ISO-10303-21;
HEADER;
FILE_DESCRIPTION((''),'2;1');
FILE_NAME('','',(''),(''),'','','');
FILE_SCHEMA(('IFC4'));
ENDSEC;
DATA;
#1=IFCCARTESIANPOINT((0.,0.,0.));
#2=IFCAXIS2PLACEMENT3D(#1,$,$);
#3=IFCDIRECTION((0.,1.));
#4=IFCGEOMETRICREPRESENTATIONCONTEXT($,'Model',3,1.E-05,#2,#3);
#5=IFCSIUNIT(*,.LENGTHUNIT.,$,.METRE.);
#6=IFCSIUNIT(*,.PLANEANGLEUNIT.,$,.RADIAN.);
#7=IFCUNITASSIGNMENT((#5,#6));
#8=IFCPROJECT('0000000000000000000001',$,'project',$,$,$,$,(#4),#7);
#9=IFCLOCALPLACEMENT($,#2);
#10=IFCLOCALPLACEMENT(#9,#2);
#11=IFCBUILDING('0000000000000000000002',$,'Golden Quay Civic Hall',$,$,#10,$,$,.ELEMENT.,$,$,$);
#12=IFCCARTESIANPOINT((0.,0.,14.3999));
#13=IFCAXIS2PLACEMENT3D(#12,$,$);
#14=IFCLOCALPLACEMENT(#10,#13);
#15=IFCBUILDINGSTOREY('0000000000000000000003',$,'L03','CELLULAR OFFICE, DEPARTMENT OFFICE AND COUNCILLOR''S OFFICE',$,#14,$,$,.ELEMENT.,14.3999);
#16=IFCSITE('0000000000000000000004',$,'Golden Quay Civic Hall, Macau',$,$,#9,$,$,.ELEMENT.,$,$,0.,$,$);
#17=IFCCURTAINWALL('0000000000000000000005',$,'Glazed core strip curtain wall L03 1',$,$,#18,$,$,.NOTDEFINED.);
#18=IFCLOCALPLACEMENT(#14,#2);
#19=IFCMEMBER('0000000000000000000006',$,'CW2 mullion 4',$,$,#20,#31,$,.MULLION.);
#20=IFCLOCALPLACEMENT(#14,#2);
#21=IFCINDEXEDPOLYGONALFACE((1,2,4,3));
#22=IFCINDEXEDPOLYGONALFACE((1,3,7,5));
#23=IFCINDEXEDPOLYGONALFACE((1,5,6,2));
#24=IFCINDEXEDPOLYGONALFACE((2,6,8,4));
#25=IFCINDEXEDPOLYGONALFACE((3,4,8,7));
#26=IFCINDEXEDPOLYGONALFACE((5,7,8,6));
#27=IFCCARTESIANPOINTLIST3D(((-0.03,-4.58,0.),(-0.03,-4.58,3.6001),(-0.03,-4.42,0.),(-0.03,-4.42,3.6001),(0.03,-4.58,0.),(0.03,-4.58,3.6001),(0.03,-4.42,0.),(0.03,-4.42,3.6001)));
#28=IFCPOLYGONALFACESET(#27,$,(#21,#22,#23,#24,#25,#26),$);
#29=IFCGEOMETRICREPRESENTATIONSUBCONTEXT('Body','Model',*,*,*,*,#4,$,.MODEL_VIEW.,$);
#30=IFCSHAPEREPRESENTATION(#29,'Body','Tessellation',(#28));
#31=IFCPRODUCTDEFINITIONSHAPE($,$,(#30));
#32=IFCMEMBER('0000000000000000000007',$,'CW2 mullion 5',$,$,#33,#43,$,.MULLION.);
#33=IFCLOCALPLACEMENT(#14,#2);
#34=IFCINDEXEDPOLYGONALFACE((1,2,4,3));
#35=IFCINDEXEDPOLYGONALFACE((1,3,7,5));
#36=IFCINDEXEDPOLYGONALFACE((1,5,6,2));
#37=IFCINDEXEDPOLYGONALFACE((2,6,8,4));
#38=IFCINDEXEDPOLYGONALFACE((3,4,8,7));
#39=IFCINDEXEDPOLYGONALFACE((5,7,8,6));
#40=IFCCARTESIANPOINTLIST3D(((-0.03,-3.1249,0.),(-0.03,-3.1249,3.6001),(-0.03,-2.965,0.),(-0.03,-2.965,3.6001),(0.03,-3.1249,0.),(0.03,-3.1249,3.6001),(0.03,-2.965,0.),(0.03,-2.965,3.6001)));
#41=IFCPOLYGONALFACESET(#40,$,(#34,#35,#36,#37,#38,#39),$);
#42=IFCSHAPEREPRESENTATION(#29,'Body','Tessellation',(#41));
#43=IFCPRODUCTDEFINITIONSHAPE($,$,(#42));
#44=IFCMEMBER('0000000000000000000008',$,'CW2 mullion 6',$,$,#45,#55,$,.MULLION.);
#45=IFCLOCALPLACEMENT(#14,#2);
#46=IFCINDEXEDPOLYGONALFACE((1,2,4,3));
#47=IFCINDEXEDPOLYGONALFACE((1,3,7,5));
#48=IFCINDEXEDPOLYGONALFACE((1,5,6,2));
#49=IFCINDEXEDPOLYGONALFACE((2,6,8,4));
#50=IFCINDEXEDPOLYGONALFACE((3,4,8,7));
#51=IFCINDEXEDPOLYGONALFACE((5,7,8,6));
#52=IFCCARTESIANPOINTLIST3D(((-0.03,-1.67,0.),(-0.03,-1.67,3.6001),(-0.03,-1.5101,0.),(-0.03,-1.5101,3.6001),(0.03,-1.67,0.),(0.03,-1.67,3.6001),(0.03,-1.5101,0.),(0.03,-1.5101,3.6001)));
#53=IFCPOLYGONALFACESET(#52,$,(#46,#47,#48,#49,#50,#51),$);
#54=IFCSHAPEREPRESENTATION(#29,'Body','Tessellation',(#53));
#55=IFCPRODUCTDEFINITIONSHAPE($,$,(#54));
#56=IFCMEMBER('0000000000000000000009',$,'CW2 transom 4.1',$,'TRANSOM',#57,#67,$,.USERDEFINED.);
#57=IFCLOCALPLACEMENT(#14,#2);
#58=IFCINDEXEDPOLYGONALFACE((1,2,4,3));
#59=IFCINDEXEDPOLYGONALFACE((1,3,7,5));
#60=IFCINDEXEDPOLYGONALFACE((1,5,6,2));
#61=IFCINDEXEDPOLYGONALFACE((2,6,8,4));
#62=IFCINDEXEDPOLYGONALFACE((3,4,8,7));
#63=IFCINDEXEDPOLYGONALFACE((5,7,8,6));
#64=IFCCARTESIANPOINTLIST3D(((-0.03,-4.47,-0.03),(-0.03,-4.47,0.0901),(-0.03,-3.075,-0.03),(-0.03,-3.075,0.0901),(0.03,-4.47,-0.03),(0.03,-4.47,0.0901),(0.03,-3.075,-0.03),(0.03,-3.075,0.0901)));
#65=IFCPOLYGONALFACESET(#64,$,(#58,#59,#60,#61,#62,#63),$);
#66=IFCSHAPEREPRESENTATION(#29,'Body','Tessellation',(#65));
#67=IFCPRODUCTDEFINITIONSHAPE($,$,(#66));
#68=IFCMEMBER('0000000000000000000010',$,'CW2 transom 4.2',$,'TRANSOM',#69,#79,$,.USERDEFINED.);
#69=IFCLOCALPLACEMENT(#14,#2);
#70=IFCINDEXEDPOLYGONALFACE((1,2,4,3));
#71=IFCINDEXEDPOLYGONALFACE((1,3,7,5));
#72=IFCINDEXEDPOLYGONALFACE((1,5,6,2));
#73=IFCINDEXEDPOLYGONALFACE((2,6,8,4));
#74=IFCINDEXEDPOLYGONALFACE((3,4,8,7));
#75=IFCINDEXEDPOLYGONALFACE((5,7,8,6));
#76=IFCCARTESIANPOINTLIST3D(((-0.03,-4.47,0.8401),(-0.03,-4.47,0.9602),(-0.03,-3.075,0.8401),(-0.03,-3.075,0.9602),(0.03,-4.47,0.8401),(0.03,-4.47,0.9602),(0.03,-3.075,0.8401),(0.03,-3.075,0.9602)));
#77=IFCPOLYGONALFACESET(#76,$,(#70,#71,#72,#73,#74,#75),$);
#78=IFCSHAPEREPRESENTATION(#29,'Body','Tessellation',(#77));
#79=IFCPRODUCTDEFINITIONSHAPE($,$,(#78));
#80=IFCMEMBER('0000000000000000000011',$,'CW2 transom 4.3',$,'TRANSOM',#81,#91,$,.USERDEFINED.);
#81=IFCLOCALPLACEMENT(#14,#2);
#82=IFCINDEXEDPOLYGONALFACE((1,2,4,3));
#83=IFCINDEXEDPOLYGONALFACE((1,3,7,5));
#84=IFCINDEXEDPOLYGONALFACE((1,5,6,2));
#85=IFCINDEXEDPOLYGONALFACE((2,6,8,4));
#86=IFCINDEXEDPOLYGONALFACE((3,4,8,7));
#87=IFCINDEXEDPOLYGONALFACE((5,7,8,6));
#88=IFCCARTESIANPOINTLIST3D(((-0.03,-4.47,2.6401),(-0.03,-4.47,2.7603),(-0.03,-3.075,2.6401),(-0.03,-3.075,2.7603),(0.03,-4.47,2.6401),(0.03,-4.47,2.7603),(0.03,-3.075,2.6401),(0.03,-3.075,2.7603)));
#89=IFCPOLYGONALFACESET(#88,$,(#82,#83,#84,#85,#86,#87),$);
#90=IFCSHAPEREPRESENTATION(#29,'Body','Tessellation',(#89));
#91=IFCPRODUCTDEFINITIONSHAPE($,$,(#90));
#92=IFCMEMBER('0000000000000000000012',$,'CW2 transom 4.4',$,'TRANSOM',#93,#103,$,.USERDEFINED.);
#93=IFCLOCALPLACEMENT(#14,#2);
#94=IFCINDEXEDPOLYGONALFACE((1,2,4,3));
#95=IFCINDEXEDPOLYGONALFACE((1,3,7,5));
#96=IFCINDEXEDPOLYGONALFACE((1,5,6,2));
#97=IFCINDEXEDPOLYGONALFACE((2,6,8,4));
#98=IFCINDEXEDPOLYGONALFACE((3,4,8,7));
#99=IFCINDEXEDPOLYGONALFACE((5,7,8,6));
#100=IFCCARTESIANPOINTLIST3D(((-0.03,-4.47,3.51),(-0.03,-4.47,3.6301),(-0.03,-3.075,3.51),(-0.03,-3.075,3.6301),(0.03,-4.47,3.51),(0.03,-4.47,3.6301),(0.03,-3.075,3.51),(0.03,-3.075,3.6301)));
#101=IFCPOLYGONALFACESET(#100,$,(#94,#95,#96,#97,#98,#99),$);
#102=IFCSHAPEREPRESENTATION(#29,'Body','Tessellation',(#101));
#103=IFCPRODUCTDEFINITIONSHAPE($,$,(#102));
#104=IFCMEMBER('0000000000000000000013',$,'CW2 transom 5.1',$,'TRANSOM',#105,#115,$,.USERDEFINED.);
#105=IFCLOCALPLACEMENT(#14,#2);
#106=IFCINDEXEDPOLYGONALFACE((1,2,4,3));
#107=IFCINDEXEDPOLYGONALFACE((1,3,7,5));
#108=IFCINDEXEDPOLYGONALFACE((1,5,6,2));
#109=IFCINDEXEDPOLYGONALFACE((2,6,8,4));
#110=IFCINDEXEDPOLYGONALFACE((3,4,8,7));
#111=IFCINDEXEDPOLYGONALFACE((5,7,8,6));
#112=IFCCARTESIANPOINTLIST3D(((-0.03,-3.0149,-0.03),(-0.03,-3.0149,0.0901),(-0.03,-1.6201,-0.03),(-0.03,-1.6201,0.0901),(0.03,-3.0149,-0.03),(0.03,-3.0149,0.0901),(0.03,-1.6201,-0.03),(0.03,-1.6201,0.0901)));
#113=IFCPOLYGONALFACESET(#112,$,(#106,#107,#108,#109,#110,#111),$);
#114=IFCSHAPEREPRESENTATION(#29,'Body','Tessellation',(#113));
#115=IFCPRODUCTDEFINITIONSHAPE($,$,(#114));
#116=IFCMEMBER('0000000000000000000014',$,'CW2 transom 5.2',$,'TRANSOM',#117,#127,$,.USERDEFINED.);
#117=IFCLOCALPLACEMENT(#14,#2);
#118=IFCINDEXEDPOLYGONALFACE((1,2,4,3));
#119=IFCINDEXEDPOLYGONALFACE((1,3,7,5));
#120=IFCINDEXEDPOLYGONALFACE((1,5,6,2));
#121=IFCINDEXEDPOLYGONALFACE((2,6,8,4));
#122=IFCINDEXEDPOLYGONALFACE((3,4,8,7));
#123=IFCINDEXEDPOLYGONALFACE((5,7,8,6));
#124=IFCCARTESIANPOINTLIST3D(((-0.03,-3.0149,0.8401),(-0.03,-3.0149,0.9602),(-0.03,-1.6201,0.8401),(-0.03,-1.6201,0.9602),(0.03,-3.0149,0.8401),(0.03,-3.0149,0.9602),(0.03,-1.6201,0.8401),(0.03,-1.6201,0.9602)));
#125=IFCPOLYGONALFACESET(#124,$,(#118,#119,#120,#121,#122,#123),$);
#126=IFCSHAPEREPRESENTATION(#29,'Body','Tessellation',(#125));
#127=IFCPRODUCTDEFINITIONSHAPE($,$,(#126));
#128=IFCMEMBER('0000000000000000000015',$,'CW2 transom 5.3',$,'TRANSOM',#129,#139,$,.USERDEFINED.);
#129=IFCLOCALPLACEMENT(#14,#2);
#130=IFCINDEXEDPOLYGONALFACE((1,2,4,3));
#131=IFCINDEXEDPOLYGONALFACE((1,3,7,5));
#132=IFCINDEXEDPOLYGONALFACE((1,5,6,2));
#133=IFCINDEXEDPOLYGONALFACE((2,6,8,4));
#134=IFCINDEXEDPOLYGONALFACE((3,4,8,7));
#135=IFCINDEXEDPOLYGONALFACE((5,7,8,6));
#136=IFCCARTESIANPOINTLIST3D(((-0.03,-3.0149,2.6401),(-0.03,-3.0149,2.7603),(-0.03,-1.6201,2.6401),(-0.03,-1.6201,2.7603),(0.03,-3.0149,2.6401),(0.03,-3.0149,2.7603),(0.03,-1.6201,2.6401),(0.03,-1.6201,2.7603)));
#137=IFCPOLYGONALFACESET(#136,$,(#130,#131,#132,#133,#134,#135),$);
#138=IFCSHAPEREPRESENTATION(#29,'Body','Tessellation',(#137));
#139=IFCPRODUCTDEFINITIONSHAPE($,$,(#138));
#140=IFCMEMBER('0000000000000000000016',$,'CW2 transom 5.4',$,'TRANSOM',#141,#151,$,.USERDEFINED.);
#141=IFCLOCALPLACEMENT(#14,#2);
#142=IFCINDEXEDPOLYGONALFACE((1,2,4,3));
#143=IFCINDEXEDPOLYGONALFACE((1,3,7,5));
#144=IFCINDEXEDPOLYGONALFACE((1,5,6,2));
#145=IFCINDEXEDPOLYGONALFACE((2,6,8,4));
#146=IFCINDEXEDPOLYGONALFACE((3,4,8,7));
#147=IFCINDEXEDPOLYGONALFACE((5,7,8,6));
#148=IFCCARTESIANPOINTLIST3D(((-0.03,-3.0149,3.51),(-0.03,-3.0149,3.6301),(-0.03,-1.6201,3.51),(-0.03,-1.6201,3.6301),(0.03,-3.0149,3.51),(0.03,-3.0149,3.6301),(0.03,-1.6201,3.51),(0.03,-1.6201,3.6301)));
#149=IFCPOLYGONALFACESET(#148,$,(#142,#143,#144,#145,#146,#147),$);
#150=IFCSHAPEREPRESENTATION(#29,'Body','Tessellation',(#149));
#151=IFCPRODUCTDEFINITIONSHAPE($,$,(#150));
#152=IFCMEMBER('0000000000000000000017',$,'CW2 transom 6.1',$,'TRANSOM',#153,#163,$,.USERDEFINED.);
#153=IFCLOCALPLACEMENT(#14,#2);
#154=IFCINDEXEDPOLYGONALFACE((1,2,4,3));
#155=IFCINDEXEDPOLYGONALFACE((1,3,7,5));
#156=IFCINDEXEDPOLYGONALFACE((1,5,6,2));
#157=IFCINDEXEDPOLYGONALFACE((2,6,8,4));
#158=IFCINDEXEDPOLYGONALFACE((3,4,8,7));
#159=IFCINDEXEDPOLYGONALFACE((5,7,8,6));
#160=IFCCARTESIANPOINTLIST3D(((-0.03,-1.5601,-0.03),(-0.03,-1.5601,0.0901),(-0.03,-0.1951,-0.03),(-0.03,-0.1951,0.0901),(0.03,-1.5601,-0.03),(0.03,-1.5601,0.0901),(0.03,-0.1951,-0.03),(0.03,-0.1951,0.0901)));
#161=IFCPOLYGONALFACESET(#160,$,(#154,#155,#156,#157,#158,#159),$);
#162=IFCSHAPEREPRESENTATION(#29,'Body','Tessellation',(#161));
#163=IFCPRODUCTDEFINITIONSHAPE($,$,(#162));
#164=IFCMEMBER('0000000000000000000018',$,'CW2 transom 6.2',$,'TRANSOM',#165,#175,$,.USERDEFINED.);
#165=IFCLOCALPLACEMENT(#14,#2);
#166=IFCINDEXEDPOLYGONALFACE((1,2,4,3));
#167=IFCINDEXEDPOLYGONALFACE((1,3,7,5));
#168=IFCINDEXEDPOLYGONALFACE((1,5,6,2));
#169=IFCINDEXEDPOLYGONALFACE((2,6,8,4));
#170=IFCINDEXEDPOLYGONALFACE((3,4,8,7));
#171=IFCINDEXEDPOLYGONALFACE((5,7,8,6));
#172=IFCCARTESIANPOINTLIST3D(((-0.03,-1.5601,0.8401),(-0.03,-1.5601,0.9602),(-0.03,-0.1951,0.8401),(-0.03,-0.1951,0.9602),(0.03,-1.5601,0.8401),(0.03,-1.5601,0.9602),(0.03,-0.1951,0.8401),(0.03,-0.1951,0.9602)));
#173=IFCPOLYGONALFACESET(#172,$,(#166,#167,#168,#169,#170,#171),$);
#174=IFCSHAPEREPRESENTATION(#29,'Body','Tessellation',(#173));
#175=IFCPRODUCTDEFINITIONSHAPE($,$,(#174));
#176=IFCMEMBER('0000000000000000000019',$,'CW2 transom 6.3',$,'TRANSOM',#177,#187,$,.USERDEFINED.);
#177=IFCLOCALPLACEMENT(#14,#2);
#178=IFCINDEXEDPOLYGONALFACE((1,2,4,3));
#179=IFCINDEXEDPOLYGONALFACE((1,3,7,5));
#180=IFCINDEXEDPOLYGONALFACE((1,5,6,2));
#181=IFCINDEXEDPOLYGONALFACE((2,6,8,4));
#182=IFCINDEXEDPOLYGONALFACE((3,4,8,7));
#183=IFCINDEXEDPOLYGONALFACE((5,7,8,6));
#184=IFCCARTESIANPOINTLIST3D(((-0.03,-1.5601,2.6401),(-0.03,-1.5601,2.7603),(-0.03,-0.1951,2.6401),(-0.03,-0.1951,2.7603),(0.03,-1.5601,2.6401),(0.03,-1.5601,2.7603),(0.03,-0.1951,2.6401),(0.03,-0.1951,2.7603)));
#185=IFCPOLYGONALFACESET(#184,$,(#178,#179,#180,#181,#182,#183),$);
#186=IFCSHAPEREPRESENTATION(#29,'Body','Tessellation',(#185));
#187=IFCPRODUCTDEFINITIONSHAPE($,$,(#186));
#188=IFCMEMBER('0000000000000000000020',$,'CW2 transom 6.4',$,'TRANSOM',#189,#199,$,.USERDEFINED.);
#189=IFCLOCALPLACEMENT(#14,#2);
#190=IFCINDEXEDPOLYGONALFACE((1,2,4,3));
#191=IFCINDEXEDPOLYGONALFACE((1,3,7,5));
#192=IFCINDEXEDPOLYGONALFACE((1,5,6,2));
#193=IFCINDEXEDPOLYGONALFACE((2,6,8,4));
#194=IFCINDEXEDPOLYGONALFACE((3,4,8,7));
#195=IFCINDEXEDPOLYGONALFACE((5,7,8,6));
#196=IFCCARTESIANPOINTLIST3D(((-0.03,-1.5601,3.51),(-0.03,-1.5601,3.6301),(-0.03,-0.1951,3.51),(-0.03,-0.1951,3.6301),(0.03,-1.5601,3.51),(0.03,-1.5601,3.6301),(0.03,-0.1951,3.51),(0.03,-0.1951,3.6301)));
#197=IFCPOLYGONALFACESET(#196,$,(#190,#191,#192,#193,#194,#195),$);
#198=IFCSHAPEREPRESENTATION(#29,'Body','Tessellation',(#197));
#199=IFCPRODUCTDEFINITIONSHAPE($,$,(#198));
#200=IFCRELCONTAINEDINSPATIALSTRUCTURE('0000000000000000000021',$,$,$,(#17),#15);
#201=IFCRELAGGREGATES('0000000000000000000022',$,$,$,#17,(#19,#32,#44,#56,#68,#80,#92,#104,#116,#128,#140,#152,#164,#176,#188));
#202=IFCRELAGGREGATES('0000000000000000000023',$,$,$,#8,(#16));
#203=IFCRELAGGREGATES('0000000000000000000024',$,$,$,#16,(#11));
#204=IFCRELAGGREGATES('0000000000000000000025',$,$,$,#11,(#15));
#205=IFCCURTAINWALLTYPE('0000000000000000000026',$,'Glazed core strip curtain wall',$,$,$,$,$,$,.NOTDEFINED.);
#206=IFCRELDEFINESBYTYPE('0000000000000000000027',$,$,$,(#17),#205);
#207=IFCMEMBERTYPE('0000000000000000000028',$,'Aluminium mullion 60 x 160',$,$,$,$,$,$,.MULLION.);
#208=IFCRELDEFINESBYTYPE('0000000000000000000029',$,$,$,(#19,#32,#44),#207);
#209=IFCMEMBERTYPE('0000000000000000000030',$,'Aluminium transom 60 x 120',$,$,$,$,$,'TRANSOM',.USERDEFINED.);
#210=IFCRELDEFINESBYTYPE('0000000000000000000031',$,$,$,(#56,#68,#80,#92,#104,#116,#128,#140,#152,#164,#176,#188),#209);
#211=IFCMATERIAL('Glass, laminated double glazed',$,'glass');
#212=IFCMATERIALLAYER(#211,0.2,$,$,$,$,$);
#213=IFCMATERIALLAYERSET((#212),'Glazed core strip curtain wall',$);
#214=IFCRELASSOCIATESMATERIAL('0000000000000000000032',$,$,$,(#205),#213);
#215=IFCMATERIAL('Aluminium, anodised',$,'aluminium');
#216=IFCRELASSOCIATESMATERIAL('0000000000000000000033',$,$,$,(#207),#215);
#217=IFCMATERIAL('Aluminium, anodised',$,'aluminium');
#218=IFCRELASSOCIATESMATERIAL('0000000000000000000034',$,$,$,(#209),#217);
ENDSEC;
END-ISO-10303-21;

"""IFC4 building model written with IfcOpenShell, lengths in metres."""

from ifc_helpers import new_model, si_unit, direction, frame, origin, origin_2d, place, context, subcontext, project, spatial, rectangle, extrude, material, layer, layer_set, material_profile, profile_set, type_object, element, aggregate, save


model = new_model("IFC4")

# Units and contexts
model_context = context("Model", 3, precision=1e-05, world=origin(), true_north=direction((0.0, 1.0)))
body_context = subcontext(model_context, "Body", "Model", "MODEL_VIEW")
ifc_project = project(units=[si_unit("LENGTHUNIT", "METRE"), si_unit("PLANEANGLEUNIT", "RADIAN")], contexts=[model_context])

# Site, building, storey
site_placement = place(None, origin())
site = spatial("IfcSite", under=ifc_project, at=site_placement, Name="Golden Quay Civic Hall, Macau", CompositionType="ELEMENT", RefElevation=0.0)
building_placement = place(site_placement, origin())
building = spatial("IfcBuilding", under=site, at=building_placement, Name="Golden Quay Civic Hall", CompositionType="ELEMENT")
storey_placement = place(building_placement, frame((0.0, 0.0, 14.3999)))
storey = spatial("IfcBuildingStorey", under=building, at=storey_placement, Name="L03", Description="CELLULAR OFFICE, DEPARTMENT OFFICE AND COUNCILLOR'S OFFICE", CompositionType="ELEMENT", Elevation=14.3999)

# Curtain wall, members
ifc_material_1 = material(Name="Glass, laminated double glazed", Category="glass")
ifc_layer_1 = layer(ifc_material_1, 0.2)
ifc_layer_set_1 = layer_set([ifc_layer_1], Name="Glazed core strip curtain wall")
curtain_wall_type = type_object("IfcCurtainWallType", Name="Glazed core strip curtain wall", PredefinedType="NOTDEFINED", material=ifc_layer_set_1)
curtain_wall_placement = place(storey_placement, origin())
curtain_wall = element("IfcCurtainWall", 1, at=curtain_wall_placement, inside=storey, type_object=curtain_wall_type, Name="Glazed core strip curtain wall L03 1", PredefinedType="NOTDEFINED")
ifc_material_2 = material(Name="Aluminium, anodised", Category="aluminium")
ifc_material_profile_1 = material_profile(ifc_material_2, rectangle(XDim=0.0601, YDim=0.1599, at=origin_2d()), Name="Aluminium 60 x 160")
ifc_profile_set_1 = profile_set([ifc_material_profile_1], Name="Aluminium, anodised")
member_type_1 = type_object("IfcMemberType", Name="Aluminium mullion 60 x 160", PredefinedType="MULLION", material=ifc_profile_set_1)
member_1_placement = place(storey_placement, frame((0.0, -4.5, 0.0), z_axis=(0.0, 0.0, 1.0), x_axis=(-1.0, 0.0, 0.0)))
member_1 = element("IfcMember", 2, at=member_1_placement, type_object=member_type_1, Name="CW2 mullion 4", PredefinedType="MULLION", context=body_context, shape_type="SweptSolid", body=[
    extrude(rectangle(XDim=0.0601, YDim=0.1599, at=origin_2d()), origin(), (0.0, 0.0, 1.0), 3.6001),
])
member_2_placement = place(storey_placement, frame((0.0, -3.0449, 0.0), z_axis=(0.0, 0.0, 1.0), x_axis=(-1.0, 0.0, 0.0)))
member_2 = element("IfcMember", 3, at=member_2_placement, type_object=member_type_1, Name="CW2 mullion 5", PredefinedType="MULLION", context=body_context, shape_type="SweptSolid", body=[
    extrude(rectangle(XDim=0.0601, YDim=0.1599, at=origin_2d()), origin(), (0.0, 0.0, 1.0), 3.6001),
])
member_3_placement = place(storey_placement, frame((0.0, -1.5901, 0.0), z_axis=(0.0, 0.0, 1.0), x_axis=(-1.0, 0.0, 0.0)))
member_3 = element("IfcMember", 4, at=member_3_placement, type_object=member_type_1, Name="CW2 mullion 6", PredefinedType="MULLION", context=body_context, shape_type="SweptSolid", body=[
    extrude(rectangle(XDim=0.0601, YDim=0.1599, at=origin_2d()), origin(), (0.0, 0.0, 1.0), 3.6001),
])
ifc_material_3 = material(Name="Aluminium, anodised", Category="aluminium")
ifc_material_profile_2 = material_profile(ifc_material_3, rectangle(XDim=0.0601, YDim=0.1201, at=origin_2d()), Name="Aluminium 60 x 120")
ifc_profile_set_2 = profile_set([ifc_material_profile_2], Name="Aluminium, anodised")
member_type_2 = type_object("IfcMemberType", Name="Aluminium transom 60 x 120", ElementType="TRANSOM", PredefinedType="USERDEFINED", material=ifc_profile_set_2)
member_4_placement = place(storey_placement, frame((0.0, -4.47, 0.03), z_axis=(0.0, 1.0, 0.0), x_axis=(-1.0, 0.0, 0.0)))
member_4 = element("IfcMember", 5, at=member_4_placement, type_object=member_type_2, Name="CW2 transom 4.1", ObjectType="TRANSOM", PredefinedType="USERDEFINED", context=body_context, shape_type="SweptSolid", body=[
    extrude(rectangle(XDim=0.0601, YDim=0.1201, at=origin_2d()), origin(), (0.0, 0.0, 1.0), 1.395),
])
member_5_placement = place(storey_placement, frame((0.0, -4.47, 0.9001), z_axis=(0.0, 1.0, 0.0), x_axis=(-1.0, 0.0, 0.0)))
member_5 = element("IfcMember", 6, at=member_5_placement, type_object=member_type_2, Name="CW2 transom 4.2", ObjectType="TRANSOM", PredefinedType="USERDEFINED", context=body_context, shape_type="SweptSolid", body=[
    extrude(rectangle(XDim=0.0601, YDim=0.1201, at=origin_2d()), origin(), (0.0, 0.0, 1.0), 1.395),
])
member_6_placement = place(storey_placement, frame((0.0, -4.47, 2.7002), z_axis=(0.0, 1.0, 0.0), x_axis=(-1.0, 0.0, 0.0)))
member_6 = element("IfcMember", 7, at=member_6_placement, type_object=member_type_2, Name="CW2 transom 4.3", ObjectType="TRANSOM", PredefinedType="USERDEFINED", context=body_context, shape_type="SweptSolid", body=[
    extrude(rectangle(XDim=0.0601, YDim=0.1201, at=origin_2d()), origin(), (0.0, 0.0, 1.0), 1.395),
])
member_7_placement = place(storey_placement, frame((0.0, -4.47, 3.5701), z_axis=(0.0, 1.0, 0.0), x_axis=(-1.0, 0.0, 0.0)))
member_7 = element("IfcMember", 8, at=member_7_placement, type_object=member_type_2, Name="CW2 transom 4.4", ObjectType="TRANSOM", PredefinedType="USERDEFINED", context=body_context, shape_type="SweptSolid", body=[
    extrude(rectangle(XDim=0.0601, YDim=0.1201, at=origin_2d()), origin(), (0.0, 0.0, 1.0), 1.395),
])
member_8_placement = place(storey_placement, frame((0.0, -3.0149, 0.03), z_axis=(0.0, 1.0, 0.0), x_axis=(-1.0, 0.0, 0.0)))
member_8 = element("IfcMember", 9, at=member_8_placement, type_object=member_type_2, Name="CW2 transom 5.1", ObjectType="TRANSOM", PredefinedType="USERDEFINED", context=body_context, shape_type="SweptSolid", body=[
    extrude(rectangle(XDim=0.0601, YDim=0.1201, at=origin_2d()), origin(), (0.0, 0.0, 1.0), 1.3948),
])
member_9_placement = place(storey_placement, frame((0.0, -3.0149, 0.9001), z_axis=(0.0, 1.0, 0.0), x_axis=(-1.0, 0.0, 0.0)))
member_9 = element("IfcMember", 10, at=member_9_placement, type_object=member_type_2, Name="CW2 transom 5.2", ObjectType="TRANSOM", PredefinedType="USERDEFINED", context=body_context, shape_type="SweptSolid", body=[
    extrude(rectangle(XDim=0.0601, YDim=0.1201, at=origin_2d()), origin(), (0.0, 0.0, 1.0), 1.3948),
])
member_10_placement = place(storey_placement, frame((0.0, -3.0149, 2.7002), z_axis=(0.0, 1.0, 0.0), x_axis=(-1.0, 0.0, 0.0)))
member_10 = element("IfcMember", 11, at=member_10_placement, type_object=member_type_2, Name="CW2 transom 5.3", ObjectType="TRANSOM", PredefinedType="USERDEFINED", context=body_context, shape_type="SweptSolid", body=[
    extrude(rectangle(XDim=0.0601, YDim=0.1201, at=origin_2d()), origin(), (0.0, 0.0, 1.0), 1.3948),
])
member_11_placement = place(storey_placement, frame((0.0, -3.0149, 3.5701), z_axis=(0.0, 1.0, 0.0), x_axis=(-1.0, 0.0, 0.0)))
member_11 = element("IfcMember", 12, at=member_11_placement, type_object=member_type_2, Name="CW2 transom 5.4", ObjectType="TRANSOM", PredefinedType="USERDEFINED", context=body_context, shape_type="SweptSolid", body=[
    extrude(rectangle(XDim=0.0601, YDim=0.1201, at=origin_2d()), origin(), (0.0, 0.0, 1.0), 1.3948),
])
member_12_placement = place(storey_placement, frame((0.0, -1.5601, 0.03), z_axis=(0.0, 1.0, 0.0), x_axis=(-1.0, 0.0, 0.0)))
member_12 = element("IfcMember", 13, at=member_12_placement, type_object=member_type_2, Name="CW2 transom 6.1", ObjectType="TRANSOM", PredefinedType="USERDEFINED", context=body_context, shape_type="SweptSolid", body=[
    extrude(rectangle(XDim=0.0601, YDim=0.1201, at=origin_2d()), origin(), (0.0, 0.0, 1.0), 1.365),
])
member_13_placement = place(storey_placement, frame((0.0, -1.5601, 0.9001), z_axis=(0.0, 1.0, 0.0), x_axis=(-1.0, 0.0, 0.0)))
member_13 = element("IfcMember", 14, at=member_13_placement, type_object=member_type_2, Name="CW2 transom 6.2", ObjectType="TRANSOM", PredefinedType="USERDEFINED", context=body_context, shape_type="SweptSolid", body=[
    extrude(rectangle(XDim=0.0601, YDim=0.1201, at=origin_2d()), origin(), (0.0, 0.0, 1.0), 1.365),
])
member_14_placement = place(storey_placement, frame((0.0, -1.5601, 2.7002), z_axis=(0.0, 1.0, 0.0), x_axis=(-1.0, 0.0, 0.0)))
member_14 = element("IfcMember", 15, at=member_14_placement, type_object=member_type_2, Name="CW2 transom 6.3", ObjectType="TRANSOM", PredefinedType="USERDEFINED", context=body_context, shape_type="SweptSolid", body=[
    extrude(rectangle(XDim=0.0601, YDim=0.1201, at=origin_2d()), origin(), (0.0, 0.0, 1.0), 1.365),
])
member_15_placement = place(storey_placement, frame((0.0, -1.5601, 3.5701), z_axis=(0.0, 1.0, 0.0), x_axis=(-1.0, 0.0, 0.0)))
member_15 = element("IfcMember", 16, at=member_15_placement, type_object=member_type_2, Name="CW2 transom 6.4", ObjectType="TRANSOM", PredefinedType="USERDEFINED", context=body_context, shape_type="SweptSolid", body=[
    extrude(rectangle(XDim=0.0601, YDim=0.1201, at=origin_2d()), origin(), (0.0, 0.0, 1.0), 1.365),
])
aggregate(curtain_wall, [member_1, member_2, member_3, member_4, member_5, member_6, member_7, member_8, member_9, member_10, member_11, member_12, member_13, member_14, member_15])

save(model, "model.ifc")
